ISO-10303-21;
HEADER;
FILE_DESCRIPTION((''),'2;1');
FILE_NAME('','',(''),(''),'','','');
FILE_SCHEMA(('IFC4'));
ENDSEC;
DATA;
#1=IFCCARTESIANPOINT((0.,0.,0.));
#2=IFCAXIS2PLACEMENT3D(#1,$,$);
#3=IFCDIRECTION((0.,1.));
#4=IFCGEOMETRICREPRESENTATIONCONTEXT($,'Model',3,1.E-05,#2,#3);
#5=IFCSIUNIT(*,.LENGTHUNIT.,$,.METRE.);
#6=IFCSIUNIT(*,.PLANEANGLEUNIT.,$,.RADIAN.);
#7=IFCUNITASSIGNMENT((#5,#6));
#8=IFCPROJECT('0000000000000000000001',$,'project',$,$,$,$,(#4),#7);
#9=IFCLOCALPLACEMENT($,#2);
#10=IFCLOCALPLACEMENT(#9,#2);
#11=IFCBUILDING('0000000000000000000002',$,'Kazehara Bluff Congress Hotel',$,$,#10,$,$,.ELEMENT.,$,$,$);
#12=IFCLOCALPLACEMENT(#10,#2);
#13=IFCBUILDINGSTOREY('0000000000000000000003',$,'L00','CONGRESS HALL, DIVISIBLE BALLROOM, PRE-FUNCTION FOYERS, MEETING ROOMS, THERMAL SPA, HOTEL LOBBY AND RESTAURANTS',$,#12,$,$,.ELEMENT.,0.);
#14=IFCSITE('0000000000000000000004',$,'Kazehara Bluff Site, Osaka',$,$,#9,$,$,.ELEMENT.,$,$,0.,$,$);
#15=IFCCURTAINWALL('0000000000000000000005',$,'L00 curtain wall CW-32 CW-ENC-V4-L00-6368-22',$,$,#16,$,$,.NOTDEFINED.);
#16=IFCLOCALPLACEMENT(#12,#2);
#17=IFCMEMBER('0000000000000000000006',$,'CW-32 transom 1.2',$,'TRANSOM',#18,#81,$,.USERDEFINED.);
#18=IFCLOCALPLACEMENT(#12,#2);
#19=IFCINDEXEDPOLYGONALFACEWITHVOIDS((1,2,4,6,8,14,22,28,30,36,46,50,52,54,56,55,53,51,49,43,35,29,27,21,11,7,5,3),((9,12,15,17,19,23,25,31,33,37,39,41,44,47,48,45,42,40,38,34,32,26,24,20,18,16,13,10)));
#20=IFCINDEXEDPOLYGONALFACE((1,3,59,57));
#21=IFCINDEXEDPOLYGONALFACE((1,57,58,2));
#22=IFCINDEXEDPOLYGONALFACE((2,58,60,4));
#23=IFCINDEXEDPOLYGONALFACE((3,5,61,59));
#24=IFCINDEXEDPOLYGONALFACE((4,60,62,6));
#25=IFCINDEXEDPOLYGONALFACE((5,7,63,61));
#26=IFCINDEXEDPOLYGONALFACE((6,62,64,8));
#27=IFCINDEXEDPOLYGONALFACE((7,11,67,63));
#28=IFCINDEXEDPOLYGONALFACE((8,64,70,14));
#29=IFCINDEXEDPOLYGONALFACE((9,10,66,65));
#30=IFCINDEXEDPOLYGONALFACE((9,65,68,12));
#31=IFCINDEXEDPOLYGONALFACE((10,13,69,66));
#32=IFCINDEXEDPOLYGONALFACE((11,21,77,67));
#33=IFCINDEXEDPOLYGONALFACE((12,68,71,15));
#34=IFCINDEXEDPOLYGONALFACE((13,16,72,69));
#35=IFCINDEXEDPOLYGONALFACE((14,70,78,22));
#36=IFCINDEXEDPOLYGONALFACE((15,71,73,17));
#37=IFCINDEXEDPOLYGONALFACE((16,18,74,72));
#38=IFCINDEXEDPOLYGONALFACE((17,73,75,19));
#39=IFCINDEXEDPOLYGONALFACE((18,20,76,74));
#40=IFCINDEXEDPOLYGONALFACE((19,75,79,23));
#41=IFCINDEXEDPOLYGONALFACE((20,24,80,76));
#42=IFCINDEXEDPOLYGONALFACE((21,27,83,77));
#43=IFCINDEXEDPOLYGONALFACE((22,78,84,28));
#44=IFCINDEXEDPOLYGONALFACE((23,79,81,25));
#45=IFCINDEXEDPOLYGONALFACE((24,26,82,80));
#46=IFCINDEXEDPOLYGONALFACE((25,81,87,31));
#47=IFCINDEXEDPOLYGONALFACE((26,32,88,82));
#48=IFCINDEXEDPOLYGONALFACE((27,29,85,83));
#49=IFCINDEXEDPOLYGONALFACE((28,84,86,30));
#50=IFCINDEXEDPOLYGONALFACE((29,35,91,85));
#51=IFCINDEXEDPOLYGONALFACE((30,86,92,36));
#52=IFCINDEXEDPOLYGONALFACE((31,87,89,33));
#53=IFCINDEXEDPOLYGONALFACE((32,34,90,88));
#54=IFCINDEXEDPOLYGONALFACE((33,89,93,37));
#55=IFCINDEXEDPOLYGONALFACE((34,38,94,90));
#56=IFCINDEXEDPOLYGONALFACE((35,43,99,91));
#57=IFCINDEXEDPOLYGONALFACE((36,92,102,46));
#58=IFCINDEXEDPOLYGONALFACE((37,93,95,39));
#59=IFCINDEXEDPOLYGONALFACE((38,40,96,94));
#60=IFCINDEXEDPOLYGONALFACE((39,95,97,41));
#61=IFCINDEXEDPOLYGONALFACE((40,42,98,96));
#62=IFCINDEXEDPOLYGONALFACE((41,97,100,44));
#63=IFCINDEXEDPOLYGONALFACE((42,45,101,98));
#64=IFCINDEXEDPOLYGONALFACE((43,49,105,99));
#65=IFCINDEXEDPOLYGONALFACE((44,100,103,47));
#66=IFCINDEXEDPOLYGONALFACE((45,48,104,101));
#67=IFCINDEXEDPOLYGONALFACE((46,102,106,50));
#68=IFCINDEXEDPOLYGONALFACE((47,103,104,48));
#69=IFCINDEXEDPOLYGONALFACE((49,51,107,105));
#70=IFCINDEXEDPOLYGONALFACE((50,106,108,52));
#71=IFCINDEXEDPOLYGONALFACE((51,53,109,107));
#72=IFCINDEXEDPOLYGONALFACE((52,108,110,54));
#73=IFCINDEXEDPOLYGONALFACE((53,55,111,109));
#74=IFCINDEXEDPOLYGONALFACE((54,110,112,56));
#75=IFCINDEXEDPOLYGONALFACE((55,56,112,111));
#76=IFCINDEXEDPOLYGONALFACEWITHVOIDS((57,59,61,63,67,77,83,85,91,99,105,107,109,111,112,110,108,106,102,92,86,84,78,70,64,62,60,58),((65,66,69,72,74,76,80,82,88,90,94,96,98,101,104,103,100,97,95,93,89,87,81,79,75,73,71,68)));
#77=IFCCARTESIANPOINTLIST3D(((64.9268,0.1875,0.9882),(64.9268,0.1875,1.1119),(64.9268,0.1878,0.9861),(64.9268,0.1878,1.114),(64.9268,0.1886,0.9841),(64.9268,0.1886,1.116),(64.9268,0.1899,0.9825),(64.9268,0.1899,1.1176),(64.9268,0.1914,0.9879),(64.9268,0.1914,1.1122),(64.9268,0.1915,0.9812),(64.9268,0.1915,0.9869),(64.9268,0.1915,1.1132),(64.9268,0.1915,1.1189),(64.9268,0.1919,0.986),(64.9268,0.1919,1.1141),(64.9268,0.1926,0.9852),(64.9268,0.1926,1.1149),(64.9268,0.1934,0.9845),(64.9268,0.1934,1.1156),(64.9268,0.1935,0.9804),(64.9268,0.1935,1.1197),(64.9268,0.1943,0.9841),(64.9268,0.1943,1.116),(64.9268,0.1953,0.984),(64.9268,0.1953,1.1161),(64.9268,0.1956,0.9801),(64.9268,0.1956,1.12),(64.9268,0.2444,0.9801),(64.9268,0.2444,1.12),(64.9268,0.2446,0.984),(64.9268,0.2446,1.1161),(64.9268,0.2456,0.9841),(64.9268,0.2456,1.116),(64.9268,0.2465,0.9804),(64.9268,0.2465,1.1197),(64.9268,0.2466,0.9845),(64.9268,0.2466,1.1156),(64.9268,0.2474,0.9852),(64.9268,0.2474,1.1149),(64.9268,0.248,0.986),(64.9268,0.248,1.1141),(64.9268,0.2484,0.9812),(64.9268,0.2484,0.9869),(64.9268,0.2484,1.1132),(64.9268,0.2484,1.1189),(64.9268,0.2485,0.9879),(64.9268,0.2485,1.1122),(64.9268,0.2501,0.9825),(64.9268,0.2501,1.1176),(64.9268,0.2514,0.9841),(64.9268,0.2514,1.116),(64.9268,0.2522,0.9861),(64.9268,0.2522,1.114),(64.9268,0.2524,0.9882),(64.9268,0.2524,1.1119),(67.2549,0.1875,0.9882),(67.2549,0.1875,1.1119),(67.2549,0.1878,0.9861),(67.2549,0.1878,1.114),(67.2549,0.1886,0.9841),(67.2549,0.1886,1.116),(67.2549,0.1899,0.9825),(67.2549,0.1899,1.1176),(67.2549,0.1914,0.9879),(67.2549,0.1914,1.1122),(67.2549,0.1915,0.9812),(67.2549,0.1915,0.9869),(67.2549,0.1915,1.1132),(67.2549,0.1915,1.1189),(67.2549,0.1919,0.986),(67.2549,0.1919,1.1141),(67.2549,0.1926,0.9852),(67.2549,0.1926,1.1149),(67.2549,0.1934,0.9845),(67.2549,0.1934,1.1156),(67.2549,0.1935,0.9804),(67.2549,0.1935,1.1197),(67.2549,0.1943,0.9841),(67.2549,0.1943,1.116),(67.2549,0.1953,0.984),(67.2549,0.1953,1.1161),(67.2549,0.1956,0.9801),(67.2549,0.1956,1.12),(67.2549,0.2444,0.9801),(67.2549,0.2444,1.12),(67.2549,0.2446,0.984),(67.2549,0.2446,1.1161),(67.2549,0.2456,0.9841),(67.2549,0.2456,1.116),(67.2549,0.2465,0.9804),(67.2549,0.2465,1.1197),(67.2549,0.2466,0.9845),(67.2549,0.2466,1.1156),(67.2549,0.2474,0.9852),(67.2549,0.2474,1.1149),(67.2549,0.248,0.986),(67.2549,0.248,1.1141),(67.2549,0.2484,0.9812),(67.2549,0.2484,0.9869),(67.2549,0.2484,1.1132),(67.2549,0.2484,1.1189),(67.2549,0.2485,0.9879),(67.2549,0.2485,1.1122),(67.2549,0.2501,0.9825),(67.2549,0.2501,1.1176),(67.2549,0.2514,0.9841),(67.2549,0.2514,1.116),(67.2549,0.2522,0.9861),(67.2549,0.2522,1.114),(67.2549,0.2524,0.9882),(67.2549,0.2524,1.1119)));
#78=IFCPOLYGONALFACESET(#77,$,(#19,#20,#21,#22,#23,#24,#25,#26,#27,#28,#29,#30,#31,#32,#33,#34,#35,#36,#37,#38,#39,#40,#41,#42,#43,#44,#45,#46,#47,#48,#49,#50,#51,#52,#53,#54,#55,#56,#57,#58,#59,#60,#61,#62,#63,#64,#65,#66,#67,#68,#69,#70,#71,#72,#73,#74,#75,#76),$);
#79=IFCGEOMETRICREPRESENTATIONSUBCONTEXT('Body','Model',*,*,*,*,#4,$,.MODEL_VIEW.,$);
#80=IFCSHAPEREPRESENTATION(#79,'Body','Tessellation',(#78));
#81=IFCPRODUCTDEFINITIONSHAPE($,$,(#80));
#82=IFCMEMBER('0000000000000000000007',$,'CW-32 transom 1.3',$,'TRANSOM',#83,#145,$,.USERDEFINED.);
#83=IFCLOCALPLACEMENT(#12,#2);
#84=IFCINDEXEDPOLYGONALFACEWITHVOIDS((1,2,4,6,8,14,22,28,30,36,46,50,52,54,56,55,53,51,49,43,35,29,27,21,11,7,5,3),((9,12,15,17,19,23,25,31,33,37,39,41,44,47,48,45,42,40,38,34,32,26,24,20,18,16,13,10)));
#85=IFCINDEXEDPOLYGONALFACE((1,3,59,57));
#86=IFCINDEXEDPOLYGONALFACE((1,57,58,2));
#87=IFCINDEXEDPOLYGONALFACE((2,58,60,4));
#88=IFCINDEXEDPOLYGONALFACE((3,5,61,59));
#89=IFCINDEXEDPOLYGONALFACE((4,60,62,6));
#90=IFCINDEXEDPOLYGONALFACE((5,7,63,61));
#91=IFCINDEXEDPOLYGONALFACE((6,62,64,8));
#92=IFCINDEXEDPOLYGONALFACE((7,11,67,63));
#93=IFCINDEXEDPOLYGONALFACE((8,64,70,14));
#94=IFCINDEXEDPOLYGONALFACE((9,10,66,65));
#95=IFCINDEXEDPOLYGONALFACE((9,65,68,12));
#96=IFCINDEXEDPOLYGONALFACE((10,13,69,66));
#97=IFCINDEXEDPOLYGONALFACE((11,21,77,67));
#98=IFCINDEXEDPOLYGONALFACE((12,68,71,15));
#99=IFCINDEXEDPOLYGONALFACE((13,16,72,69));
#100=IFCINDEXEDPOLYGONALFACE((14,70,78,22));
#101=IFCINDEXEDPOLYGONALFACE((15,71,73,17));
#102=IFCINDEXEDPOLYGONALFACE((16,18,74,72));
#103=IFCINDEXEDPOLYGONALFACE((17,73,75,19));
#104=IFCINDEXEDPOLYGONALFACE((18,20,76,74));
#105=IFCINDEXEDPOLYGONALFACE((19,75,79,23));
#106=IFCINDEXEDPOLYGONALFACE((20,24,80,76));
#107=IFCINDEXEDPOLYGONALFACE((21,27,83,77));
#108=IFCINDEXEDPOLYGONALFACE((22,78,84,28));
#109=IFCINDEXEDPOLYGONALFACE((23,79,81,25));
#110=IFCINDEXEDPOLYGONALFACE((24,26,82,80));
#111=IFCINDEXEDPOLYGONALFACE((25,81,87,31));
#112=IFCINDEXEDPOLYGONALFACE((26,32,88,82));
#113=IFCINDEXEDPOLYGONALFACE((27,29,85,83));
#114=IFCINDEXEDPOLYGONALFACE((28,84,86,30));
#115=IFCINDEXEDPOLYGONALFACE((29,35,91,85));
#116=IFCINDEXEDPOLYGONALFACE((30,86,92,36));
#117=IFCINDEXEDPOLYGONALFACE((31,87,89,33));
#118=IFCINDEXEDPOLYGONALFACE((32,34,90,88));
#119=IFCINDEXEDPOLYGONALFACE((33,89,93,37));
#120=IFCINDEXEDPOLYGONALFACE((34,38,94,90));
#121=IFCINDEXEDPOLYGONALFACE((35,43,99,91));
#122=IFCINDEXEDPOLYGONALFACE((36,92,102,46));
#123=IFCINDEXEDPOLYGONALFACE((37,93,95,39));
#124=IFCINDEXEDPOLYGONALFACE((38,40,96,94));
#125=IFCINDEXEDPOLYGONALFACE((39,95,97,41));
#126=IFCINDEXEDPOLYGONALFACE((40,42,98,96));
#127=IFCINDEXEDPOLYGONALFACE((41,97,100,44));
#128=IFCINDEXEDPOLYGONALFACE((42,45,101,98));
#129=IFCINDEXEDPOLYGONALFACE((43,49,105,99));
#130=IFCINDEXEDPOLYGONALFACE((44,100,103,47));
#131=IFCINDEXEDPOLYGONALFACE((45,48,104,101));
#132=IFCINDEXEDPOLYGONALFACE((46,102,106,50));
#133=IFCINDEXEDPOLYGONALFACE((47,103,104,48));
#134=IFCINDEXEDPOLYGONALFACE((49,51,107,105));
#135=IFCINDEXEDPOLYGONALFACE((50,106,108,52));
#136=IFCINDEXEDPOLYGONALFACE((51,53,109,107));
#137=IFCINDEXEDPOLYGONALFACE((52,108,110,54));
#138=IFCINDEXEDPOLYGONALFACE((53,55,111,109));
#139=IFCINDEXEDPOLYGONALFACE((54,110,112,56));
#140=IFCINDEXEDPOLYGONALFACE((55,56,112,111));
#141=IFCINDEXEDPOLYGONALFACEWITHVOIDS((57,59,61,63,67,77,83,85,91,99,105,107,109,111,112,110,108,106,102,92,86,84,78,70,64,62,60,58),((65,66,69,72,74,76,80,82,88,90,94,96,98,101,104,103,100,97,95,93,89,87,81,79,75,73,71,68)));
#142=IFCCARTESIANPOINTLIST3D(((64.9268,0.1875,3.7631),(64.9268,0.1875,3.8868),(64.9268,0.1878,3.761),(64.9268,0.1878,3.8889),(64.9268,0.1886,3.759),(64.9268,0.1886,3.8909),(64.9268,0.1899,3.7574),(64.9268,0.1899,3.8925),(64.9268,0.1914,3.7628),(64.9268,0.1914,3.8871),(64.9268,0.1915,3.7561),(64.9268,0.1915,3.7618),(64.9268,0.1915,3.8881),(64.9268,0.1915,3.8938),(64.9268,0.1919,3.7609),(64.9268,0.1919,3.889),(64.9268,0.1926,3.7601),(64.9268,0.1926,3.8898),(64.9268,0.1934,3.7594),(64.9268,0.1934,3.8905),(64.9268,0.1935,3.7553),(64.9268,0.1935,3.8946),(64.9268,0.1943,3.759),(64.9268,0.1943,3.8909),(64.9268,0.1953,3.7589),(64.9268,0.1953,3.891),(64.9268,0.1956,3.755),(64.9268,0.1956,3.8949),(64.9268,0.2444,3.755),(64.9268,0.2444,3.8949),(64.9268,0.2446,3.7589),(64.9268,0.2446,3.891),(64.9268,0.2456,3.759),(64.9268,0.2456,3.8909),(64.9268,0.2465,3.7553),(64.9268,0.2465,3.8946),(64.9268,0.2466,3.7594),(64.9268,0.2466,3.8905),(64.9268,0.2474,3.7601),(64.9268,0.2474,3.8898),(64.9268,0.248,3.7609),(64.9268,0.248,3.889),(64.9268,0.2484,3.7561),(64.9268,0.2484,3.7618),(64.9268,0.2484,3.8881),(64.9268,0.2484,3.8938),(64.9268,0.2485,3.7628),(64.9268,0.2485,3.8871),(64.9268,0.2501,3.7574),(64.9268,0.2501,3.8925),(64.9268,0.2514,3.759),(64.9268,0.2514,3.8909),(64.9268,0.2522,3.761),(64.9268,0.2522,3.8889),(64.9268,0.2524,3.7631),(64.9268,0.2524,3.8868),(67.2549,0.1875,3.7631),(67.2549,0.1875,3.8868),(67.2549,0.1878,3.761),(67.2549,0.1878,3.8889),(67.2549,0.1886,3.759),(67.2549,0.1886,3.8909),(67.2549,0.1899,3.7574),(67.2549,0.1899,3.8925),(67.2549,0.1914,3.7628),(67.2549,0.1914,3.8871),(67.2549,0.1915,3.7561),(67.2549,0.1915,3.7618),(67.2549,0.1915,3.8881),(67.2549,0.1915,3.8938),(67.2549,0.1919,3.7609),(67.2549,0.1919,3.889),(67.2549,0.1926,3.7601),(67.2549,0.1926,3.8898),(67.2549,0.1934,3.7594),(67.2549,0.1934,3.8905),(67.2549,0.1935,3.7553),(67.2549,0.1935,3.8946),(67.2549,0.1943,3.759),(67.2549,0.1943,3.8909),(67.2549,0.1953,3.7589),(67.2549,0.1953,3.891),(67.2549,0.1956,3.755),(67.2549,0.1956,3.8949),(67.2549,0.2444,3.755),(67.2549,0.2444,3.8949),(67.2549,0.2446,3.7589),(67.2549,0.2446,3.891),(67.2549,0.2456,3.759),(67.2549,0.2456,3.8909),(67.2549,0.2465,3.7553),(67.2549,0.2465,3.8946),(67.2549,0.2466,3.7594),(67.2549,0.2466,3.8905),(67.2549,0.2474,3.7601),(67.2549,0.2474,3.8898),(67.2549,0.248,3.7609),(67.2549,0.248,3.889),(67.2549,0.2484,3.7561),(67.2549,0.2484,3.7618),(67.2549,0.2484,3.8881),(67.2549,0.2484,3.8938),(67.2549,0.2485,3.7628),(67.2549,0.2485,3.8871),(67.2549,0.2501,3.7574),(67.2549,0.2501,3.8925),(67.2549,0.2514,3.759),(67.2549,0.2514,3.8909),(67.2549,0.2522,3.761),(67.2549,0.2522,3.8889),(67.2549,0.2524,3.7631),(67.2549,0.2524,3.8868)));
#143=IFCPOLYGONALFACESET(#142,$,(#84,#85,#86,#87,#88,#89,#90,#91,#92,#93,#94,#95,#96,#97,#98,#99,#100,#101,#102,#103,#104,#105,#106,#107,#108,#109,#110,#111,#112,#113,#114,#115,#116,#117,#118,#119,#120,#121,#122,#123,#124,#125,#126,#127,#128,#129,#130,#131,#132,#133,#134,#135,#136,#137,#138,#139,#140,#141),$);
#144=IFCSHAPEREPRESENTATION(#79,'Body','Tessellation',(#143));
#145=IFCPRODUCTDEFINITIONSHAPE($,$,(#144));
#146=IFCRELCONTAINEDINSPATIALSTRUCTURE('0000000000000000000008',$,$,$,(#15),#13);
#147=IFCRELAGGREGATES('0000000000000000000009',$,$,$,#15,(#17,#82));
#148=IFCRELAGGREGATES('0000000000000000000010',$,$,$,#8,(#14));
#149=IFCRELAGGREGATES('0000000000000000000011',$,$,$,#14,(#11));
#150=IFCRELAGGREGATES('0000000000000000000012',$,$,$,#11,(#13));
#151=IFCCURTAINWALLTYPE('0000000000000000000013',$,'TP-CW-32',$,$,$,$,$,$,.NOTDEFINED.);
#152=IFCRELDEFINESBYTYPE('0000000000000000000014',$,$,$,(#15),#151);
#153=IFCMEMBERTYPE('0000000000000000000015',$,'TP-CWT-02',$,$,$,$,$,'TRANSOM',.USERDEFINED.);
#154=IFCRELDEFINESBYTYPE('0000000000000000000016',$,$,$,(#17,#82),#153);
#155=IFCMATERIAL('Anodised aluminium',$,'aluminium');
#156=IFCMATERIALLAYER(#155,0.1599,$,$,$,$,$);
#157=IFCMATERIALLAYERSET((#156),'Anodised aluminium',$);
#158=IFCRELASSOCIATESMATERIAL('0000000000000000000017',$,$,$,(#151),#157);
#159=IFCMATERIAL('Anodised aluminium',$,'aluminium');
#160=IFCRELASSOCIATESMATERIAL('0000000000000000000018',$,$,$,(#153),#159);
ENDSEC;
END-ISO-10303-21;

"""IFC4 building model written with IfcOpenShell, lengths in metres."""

from ifc_helpers import new_model, si_unit, direction, frame, origin, origin_2d, place, context, subcontext, project, spatial, hollow_rectangle, extrude, material, layer, layer_set, material_profile, profile_set, type_object, element, aggregate, save


model = new_model("IFC4")

# Units and contexts
model_context = context("Model", 3, precision=1e-05, world=origin(), true_north=direction((0.0, 1.0)))
body_context = subcontext(model_context, "Body", "Model", "MODEL_VIEW")
ifc_project = project(units=[si_unit("LENGTHUNIT", "METRE"), si_unit("PLANEANGLEUNIT", "RADIAN")], contexts=[model_context])

# Site, building, storey
site_placement = place(None, origin())
site = spatial("IfcSite", under=ifc_project, at=site_placement, Name="Kazehara Bluff Site, Osaka", CompositionType="ELEMENT", RefElevation=0.0)
building_placement = place(site_placement, origin())
building = spatial("IfcBuilding", under=site, at=building_placement, Name="Kazehara Bluff Congress Hotel", CompositionType="ELEMENT")
storey_placement = place(building_placement, origin())
storey = spatial("IfcBuildingStorey", under=building, at=storey_placement, Name="L00", Description="CONGRESS HALL, DIVISIBLE BALLROOM, PRE-FUNCTION FOYERS, MEETING ROOMS, THERMAL SPA, HOTEL LOBBY AND RESTAURANTS", CompositionType="ELEMENT", Elevation=0.0)

# Curtain wall, members
ifc_material_1 = material(Name="Anodised aluminium", Category="aluminium")
ifc_layer_1 = layer(ifc_material_1, 0.1599)
ifc_layer_set_1 = layer_set([ifc_layer_1], Name="Anodised aluminium")
curtain_wall_type = type_object("IfcCurtainWallType", Name="TP-CW-32", PredefinedType="NOTDEFINED", material=ifc_layer_set_1)
curtain_wall_placement = place(storey_placement, origin())
curtain_wall = element("IfcCurtainWall", 1, at=curtain_wall_placement, inside=storey, type_object=curtain_wall_type, Name="L00 curtain wall CW-32 CW-ENC-V4-L00-6368-22", PredefinedType="NOTDEFINED")
ifc_material_2 = material(Name="Anodised aluminium", Category="aluminium")
ifc_material_profile_1 = material_profile(ifc_material_2, hollow_rectangle(XDim=0.0649, YDim=0.1399, WallThickness=0.0039, InnerFilletRadius=0.0039, OuterFilletRadius=0.0081, at=origin_2d()))
ifc_profile_set_1 = profile_set([ifc_material_profile_1], Name="Anodised aluminium")
member_type_1 = type_object("IfcMemberType", Name="TP-CWT-02", ElementType="TRANSOM", PredefinedType="USERDEFINED", material=ifc_profile_set_1)
member_1_placement = place(storey_placement, frame((67.2549, 0.22, 1.05), z_axis=(-1.0, 0.0, 0.0), x_axis=(0.0, -1.0, 0.0)))
member_1 = element("IfcMember", 2, at=member_1_placement, type_object=member_type_1, Name="CW-32 transom 1.2", ObjectType="TRANSOM", PredefinedType="USERDEFINED", context=body_context, shape_type="SweptSolid", body=[
    extrude(hollow_rectangle(XDim=0.0649, YDim=0.1399, WallThickness=0.0039, InnerFilletRadius=0.0039, OuterFilletRadius=0.0081, at=origin_2d()), origin(), (0.0, 0.0, 1.0), 2.3281),
])
member_2_placement = place(storey_placement, frame((67.2549, 0.22, 3.825), z_axis=(-1.0, 0.0, 0.0), x_axis=(0.0, -1.0, 0.0)))
member_2 = element("IfcMember", 3, at=member_2_placement, type_object=member_type_1, Name="CW-32 transom 1.3", ObjectType="TRANSOM", PredefinedType="USERDEFINED", context=body_context, shape_type="SweptSolid", body=[
    extrude(hollow_rectangle(XDim=0.0649, YDim=0.1399, WallThickness=0.0039, InnerFilletRadius=0.0039, OuterFilletRadius=0.0081, at=origin_2d()), origin(), (0.0, 0.0, 1.0), 2.3281),
])
aggregate(curtain_wall, [member_1, member_2])

save(model, "model.ifc")
